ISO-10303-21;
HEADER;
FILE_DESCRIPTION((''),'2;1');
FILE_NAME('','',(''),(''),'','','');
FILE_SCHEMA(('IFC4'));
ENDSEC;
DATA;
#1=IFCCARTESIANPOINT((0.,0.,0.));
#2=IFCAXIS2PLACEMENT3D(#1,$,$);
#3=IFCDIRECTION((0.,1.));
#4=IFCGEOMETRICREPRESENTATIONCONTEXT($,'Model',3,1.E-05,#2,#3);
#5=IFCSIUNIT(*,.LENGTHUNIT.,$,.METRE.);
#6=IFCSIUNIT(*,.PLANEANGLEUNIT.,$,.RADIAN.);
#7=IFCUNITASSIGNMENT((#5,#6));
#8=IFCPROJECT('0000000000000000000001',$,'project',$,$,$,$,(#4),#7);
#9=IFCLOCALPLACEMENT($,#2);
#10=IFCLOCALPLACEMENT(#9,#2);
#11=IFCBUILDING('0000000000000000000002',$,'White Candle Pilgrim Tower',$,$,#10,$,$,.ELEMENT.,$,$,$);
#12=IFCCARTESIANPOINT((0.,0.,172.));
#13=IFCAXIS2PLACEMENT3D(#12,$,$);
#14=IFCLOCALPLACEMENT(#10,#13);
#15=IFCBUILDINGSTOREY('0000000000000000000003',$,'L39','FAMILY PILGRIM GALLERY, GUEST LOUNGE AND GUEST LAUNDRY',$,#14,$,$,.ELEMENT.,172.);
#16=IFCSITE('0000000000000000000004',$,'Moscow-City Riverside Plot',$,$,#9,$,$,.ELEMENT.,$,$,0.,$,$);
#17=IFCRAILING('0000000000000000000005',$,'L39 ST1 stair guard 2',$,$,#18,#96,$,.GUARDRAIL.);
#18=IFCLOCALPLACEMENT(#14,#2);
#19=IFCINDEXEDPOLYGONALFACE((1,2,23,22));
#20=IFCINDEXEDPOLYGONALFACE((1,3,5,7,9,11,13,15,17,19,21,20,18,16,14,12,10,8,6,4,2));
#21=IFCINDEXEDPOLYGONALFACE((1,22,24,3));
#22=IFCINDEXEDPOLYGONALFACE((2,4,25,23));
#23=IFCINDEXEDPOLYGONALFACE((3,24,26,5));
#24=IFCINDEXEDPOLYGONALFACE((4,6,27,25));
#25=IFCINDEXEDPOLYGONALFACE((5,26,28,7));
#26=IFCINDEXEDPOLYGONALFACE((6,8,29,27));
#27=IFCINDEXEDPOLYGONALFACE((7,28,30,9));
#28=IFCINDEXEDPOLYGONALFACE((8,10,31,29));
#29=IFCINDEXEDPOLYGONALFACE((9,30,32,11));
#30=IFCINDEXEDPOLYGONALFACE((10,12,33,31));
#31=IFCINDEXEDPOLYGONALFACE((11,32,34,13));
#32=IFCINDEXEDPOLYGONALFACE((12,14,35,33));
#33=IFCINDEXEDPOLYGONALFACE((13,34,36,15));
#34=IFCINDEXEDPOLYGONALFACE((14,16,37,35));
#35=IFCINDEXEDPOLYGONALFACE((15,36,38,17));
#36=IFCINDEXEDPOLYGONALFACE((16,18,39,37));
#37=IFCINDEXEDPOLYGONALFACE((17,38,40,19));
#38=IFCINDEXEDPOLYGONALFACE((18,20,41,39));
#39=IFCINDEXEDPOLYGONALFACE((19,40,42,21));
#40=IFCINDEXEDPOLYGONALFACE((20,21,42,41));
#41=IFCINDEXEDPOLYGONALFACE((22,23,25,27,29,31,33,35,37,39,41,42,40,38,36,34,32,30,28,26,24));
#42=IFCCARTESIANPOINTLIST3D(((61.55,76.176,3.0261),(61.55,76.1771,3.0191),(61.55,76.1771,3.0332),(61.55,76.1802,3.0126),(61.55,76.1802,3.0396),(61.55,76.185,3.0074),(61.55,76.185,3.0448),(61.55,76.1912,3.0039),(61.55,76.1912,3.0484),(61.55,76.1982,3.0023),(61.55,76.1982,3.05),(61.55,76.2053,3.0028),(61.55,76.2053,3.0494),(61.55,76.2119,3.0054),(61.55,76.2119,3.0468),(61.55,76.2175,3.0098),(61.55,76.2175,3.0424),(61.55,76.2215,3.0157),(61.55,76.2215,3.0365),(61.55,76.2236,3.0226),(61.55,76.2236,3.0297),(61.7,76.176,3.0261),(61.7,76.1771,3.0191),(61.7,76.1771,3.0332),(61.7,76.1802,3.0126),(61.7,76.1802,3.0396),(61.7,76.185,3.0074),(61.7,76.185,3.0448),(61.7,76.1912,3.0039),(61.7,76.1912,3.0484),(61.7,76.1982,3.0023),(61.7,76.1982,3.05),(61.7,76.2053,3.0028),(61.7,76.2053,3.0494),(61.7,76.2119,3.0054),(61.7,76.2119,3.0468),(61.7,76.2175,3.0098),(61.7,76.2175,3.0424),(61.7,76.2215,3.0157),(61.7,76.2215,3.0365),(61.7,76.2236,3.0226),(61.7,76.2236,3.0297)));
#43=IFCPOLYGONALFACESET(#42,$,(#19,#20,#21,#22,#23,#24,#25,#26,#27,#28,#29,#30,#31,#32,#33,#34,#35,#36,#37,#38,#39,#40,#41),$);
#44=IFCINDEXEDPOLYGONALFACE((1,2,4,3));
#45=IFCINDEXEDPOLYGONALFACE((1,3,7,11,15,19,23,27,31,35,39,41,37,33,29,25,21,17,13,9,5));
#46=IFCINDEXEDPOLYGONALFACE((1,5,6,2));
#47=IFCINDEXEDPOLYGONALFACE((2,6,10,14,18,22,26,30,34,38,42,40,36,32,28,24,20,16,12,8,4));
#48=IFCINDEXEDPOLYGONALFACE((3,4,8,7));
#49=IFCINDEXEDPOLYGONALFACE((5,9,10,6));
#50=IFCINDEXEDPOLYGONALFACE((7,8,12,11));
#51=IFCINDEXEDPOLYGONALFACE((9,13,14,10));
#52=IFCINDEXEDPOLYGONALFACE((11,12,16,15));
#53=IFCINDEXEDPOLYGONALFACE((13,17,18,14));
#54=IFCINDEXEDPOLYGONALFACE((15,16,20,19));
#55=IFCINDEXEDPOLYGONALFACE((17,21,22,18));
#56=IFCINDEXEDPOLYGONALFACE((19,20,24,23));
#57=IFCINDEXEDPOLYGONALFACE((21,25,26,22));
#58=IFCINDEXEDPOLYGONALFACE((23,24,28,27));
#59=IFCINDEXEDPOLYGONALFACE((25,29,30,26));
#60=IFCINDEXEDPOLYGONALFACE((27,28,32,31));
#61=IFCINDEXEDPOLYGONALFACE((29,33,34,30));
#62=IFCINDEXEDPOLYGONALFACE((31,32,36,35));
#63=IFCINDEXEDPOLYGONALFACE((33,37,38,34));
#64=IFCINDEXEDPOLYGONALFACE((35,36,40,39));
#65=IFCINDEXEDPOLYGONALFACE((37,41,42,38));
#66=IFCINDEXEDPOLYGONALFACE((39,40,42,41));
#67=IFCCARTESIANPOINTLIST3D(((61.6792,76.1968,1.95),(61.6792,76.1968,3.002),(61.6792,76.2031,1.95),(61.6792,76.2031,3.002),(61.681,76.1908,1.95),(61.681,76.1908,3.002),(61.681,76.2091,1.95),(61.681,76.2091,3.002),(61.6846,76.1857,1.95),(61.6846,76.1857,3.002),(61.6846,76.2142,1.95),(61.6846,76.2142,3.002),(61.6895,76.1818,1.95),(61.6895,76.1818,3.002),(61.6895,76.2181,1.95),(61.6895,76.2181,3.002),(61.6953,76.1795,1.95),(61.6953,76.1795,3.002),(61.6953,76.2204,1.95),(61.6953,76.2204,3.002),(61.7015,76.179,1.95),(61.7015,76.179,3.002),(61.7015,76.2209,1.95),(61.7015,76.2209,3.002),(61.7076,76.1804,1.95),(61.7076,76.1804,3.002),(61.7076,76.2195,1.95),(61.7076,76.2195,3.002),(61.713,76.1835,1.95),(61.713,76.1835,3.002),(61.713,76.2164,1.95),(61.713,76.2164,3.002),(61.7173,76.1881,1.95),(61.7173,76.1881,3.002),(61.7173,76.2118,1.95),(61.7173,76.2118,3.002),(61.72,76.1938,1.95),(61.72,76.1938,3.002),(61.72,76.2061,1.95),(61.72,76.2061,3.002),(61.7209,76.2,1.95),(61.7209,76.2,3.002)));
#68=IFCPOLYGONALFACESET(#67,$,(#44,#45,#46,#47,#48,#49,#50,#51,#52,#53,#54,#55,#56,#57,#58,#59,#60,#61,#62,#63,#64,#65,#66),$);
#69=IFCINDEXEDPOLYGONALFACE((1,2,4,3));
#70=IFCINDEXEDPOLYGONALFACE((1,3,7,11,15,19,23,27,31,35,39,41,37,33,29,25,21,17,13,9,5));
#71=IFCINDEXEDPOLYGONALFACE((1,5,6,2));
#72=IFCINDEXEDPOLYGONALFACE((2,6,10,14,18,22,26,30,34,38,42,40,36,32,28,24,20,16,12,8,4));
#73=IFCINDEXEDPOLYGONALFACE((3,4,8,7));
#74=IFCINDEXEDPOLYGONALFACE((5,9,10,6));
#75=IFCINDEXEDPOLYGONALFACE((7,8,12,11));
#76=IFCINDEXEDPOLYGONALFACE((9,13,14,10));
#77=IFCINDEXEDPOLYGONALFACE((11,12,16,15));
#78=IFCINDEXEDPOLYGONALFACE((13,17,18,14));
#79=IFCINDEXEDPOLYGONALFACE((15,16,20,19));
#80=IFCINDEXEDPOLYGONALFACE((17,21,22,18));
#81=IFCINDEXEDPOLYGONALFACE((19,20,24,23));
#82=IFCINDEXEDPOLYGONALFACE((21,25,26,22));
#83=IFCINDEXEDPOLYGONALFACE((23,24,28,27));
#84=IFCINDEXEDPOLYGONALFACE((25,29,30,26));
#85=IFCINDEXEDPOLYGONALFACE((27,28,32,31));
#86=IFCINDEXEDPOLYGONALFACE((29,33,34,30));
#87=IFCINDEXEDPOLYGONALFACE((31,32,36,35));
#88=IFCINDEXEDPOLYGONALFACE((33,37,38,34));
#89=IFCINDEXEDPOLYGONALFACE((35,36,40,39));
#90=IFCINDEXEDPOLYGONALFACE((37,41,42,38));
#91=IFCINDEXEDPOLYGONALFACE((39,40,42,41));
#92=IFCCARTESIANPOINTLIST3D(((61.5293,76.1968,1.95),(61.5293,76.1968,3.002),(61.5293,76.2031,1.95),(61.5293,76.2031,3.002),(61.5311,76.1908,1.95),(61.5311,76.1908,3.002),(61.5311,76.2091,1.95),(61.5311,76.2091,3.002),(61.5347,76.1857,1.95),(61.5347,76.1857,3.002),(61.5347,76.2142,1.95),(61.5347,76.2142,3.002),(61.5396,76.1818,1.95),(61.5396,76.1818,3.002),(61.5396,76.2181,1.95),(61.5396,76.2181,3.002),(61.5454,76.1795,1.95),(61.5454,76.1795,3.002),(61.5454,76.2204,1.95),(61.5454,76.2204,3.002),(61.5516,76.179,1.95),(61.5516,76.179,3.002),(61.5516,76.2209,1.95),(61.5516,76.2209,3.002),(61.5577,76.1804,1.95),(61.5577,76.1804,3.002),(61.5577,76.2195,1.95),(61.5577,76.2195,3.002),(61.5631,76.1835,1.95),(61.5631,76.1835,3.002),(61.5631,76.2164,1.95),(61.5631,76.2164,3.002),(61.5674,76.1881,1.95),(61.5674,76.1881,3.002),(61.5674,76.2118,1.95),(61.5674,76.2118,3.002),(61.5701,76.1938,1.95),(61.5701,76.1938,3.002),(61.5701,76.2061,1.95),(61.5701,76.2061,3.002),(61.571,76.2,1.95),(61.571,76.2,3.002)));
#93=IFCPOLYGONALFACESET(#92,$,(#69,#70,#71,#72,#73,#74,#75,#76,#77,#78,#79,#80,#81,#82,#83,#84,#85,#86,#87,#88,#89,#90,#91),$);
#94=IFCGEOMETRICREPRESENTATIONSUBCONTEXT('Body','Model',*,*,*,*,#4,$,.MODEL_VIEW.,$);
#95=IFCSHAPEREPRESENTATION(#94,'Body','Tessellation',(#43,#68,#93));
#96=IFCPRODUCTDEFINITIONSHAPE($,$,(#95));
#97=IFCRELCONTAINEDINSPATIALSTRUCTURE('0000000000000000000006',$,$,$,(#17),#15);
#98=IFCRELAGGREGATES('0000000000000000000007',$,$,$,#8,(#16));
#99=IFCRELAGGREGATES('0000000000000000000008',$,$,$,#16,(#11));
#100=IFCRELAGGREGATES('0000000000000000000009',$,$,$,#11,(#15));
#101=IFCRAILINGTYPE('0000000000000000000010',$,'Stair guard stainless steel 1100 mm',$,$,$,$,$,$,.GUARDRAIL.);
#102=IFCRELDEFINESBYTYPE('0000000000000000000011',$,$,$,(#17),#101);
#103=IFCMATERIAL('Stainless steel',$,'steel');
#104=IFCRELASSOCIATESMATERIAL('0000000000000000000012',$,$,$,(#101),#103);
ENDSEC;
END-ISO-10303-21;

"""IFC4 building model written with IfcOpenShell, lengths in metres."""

from ifc_helpers import new_model, si_unit, direction, frame, origin, origin_2d, place, context, subcontext, project, spatial, circle, extrude, material, type_object, element, save


model = new_model("IFC4")

# Units and contexts
model_context = context("Model", 3, precision=1e-05, world=origin(), true_north=direction((0.0, 1.0)))
body_context = subcontext(model_context, "Body", "Model", "MODEL_VIEW")
ifc_project = project(units=[si_unit("LENGTHUNIT", "METRE"), si_unit("PLANEANGLEUNIT", "RADIAN")], contexts=[model_context])

# Site, building, storey
site_placement = place(None, origin())
site = spatial("IfcSite", under=ifc_project, at=site_placement, Name="Moscow-City Riverside Plot", CompositionType="ELEMENT", RefElevation=0.0)
building_placement = place(site_placement, origin())
building = spatial("IfcBuilding", under=site, at=building_placement, Name="White Candle Pilgrim Tower", CompositionType="ELEMENT")
storey_placement = place(building_placement, frame((0.0, 0.0, 172.0)))
storey = spatial("IfcBuildingStorey", under=building, at=storey_placement, Name="L39", Description="FAMILY PILGRIM GALLERY, GUEST LOUNGE AND GUEST LAUNDRY", CompositionType="ELEMENT", Elevation=172.0)

# Shared definitions
ifc_material_1 = material(Name="Stainless steel", Category="steel")

# Railing
railing_type_1 = type_object("IfcRailingType", Name="Stair guard stainless steel 1100 mm", PredefinedType="GUARDRAIL", material=ifc_material_1)
railing_1_placement = place(storey_placement, frame((61.7, 76.2, 1.95)))
element("IfcRailing", 1, at=railing_1_placement, inside=storey, type_object=railing_type_1, Name="L39 ST1 stair guard 2", PredefinedType="GUARDRAIL", context=body_context, shape_type="SweptSolid", body=[
    extrude(circle(Radius=0.0239, at=origin_2d()), frame((0.0, 0.0, 1.0762), z_axis=(-1.0, 0.0, 0.0), x_axis=(0.0, -1.0, 0.0)), (0.0, 0.0, 1.0), 0.1499),
    extrude(circle(Radius=0.021, at=origin_2d()), origin(), (0.0, 0.0, 1.0), 1.052),
    extrude(circle(Radius=0.021, at=origin_2d()), frame((-0.1499, 0.0, 0.0)), (0.0, 0.0, 1.0), 1.052),
])

save(model, "model.ifc")
